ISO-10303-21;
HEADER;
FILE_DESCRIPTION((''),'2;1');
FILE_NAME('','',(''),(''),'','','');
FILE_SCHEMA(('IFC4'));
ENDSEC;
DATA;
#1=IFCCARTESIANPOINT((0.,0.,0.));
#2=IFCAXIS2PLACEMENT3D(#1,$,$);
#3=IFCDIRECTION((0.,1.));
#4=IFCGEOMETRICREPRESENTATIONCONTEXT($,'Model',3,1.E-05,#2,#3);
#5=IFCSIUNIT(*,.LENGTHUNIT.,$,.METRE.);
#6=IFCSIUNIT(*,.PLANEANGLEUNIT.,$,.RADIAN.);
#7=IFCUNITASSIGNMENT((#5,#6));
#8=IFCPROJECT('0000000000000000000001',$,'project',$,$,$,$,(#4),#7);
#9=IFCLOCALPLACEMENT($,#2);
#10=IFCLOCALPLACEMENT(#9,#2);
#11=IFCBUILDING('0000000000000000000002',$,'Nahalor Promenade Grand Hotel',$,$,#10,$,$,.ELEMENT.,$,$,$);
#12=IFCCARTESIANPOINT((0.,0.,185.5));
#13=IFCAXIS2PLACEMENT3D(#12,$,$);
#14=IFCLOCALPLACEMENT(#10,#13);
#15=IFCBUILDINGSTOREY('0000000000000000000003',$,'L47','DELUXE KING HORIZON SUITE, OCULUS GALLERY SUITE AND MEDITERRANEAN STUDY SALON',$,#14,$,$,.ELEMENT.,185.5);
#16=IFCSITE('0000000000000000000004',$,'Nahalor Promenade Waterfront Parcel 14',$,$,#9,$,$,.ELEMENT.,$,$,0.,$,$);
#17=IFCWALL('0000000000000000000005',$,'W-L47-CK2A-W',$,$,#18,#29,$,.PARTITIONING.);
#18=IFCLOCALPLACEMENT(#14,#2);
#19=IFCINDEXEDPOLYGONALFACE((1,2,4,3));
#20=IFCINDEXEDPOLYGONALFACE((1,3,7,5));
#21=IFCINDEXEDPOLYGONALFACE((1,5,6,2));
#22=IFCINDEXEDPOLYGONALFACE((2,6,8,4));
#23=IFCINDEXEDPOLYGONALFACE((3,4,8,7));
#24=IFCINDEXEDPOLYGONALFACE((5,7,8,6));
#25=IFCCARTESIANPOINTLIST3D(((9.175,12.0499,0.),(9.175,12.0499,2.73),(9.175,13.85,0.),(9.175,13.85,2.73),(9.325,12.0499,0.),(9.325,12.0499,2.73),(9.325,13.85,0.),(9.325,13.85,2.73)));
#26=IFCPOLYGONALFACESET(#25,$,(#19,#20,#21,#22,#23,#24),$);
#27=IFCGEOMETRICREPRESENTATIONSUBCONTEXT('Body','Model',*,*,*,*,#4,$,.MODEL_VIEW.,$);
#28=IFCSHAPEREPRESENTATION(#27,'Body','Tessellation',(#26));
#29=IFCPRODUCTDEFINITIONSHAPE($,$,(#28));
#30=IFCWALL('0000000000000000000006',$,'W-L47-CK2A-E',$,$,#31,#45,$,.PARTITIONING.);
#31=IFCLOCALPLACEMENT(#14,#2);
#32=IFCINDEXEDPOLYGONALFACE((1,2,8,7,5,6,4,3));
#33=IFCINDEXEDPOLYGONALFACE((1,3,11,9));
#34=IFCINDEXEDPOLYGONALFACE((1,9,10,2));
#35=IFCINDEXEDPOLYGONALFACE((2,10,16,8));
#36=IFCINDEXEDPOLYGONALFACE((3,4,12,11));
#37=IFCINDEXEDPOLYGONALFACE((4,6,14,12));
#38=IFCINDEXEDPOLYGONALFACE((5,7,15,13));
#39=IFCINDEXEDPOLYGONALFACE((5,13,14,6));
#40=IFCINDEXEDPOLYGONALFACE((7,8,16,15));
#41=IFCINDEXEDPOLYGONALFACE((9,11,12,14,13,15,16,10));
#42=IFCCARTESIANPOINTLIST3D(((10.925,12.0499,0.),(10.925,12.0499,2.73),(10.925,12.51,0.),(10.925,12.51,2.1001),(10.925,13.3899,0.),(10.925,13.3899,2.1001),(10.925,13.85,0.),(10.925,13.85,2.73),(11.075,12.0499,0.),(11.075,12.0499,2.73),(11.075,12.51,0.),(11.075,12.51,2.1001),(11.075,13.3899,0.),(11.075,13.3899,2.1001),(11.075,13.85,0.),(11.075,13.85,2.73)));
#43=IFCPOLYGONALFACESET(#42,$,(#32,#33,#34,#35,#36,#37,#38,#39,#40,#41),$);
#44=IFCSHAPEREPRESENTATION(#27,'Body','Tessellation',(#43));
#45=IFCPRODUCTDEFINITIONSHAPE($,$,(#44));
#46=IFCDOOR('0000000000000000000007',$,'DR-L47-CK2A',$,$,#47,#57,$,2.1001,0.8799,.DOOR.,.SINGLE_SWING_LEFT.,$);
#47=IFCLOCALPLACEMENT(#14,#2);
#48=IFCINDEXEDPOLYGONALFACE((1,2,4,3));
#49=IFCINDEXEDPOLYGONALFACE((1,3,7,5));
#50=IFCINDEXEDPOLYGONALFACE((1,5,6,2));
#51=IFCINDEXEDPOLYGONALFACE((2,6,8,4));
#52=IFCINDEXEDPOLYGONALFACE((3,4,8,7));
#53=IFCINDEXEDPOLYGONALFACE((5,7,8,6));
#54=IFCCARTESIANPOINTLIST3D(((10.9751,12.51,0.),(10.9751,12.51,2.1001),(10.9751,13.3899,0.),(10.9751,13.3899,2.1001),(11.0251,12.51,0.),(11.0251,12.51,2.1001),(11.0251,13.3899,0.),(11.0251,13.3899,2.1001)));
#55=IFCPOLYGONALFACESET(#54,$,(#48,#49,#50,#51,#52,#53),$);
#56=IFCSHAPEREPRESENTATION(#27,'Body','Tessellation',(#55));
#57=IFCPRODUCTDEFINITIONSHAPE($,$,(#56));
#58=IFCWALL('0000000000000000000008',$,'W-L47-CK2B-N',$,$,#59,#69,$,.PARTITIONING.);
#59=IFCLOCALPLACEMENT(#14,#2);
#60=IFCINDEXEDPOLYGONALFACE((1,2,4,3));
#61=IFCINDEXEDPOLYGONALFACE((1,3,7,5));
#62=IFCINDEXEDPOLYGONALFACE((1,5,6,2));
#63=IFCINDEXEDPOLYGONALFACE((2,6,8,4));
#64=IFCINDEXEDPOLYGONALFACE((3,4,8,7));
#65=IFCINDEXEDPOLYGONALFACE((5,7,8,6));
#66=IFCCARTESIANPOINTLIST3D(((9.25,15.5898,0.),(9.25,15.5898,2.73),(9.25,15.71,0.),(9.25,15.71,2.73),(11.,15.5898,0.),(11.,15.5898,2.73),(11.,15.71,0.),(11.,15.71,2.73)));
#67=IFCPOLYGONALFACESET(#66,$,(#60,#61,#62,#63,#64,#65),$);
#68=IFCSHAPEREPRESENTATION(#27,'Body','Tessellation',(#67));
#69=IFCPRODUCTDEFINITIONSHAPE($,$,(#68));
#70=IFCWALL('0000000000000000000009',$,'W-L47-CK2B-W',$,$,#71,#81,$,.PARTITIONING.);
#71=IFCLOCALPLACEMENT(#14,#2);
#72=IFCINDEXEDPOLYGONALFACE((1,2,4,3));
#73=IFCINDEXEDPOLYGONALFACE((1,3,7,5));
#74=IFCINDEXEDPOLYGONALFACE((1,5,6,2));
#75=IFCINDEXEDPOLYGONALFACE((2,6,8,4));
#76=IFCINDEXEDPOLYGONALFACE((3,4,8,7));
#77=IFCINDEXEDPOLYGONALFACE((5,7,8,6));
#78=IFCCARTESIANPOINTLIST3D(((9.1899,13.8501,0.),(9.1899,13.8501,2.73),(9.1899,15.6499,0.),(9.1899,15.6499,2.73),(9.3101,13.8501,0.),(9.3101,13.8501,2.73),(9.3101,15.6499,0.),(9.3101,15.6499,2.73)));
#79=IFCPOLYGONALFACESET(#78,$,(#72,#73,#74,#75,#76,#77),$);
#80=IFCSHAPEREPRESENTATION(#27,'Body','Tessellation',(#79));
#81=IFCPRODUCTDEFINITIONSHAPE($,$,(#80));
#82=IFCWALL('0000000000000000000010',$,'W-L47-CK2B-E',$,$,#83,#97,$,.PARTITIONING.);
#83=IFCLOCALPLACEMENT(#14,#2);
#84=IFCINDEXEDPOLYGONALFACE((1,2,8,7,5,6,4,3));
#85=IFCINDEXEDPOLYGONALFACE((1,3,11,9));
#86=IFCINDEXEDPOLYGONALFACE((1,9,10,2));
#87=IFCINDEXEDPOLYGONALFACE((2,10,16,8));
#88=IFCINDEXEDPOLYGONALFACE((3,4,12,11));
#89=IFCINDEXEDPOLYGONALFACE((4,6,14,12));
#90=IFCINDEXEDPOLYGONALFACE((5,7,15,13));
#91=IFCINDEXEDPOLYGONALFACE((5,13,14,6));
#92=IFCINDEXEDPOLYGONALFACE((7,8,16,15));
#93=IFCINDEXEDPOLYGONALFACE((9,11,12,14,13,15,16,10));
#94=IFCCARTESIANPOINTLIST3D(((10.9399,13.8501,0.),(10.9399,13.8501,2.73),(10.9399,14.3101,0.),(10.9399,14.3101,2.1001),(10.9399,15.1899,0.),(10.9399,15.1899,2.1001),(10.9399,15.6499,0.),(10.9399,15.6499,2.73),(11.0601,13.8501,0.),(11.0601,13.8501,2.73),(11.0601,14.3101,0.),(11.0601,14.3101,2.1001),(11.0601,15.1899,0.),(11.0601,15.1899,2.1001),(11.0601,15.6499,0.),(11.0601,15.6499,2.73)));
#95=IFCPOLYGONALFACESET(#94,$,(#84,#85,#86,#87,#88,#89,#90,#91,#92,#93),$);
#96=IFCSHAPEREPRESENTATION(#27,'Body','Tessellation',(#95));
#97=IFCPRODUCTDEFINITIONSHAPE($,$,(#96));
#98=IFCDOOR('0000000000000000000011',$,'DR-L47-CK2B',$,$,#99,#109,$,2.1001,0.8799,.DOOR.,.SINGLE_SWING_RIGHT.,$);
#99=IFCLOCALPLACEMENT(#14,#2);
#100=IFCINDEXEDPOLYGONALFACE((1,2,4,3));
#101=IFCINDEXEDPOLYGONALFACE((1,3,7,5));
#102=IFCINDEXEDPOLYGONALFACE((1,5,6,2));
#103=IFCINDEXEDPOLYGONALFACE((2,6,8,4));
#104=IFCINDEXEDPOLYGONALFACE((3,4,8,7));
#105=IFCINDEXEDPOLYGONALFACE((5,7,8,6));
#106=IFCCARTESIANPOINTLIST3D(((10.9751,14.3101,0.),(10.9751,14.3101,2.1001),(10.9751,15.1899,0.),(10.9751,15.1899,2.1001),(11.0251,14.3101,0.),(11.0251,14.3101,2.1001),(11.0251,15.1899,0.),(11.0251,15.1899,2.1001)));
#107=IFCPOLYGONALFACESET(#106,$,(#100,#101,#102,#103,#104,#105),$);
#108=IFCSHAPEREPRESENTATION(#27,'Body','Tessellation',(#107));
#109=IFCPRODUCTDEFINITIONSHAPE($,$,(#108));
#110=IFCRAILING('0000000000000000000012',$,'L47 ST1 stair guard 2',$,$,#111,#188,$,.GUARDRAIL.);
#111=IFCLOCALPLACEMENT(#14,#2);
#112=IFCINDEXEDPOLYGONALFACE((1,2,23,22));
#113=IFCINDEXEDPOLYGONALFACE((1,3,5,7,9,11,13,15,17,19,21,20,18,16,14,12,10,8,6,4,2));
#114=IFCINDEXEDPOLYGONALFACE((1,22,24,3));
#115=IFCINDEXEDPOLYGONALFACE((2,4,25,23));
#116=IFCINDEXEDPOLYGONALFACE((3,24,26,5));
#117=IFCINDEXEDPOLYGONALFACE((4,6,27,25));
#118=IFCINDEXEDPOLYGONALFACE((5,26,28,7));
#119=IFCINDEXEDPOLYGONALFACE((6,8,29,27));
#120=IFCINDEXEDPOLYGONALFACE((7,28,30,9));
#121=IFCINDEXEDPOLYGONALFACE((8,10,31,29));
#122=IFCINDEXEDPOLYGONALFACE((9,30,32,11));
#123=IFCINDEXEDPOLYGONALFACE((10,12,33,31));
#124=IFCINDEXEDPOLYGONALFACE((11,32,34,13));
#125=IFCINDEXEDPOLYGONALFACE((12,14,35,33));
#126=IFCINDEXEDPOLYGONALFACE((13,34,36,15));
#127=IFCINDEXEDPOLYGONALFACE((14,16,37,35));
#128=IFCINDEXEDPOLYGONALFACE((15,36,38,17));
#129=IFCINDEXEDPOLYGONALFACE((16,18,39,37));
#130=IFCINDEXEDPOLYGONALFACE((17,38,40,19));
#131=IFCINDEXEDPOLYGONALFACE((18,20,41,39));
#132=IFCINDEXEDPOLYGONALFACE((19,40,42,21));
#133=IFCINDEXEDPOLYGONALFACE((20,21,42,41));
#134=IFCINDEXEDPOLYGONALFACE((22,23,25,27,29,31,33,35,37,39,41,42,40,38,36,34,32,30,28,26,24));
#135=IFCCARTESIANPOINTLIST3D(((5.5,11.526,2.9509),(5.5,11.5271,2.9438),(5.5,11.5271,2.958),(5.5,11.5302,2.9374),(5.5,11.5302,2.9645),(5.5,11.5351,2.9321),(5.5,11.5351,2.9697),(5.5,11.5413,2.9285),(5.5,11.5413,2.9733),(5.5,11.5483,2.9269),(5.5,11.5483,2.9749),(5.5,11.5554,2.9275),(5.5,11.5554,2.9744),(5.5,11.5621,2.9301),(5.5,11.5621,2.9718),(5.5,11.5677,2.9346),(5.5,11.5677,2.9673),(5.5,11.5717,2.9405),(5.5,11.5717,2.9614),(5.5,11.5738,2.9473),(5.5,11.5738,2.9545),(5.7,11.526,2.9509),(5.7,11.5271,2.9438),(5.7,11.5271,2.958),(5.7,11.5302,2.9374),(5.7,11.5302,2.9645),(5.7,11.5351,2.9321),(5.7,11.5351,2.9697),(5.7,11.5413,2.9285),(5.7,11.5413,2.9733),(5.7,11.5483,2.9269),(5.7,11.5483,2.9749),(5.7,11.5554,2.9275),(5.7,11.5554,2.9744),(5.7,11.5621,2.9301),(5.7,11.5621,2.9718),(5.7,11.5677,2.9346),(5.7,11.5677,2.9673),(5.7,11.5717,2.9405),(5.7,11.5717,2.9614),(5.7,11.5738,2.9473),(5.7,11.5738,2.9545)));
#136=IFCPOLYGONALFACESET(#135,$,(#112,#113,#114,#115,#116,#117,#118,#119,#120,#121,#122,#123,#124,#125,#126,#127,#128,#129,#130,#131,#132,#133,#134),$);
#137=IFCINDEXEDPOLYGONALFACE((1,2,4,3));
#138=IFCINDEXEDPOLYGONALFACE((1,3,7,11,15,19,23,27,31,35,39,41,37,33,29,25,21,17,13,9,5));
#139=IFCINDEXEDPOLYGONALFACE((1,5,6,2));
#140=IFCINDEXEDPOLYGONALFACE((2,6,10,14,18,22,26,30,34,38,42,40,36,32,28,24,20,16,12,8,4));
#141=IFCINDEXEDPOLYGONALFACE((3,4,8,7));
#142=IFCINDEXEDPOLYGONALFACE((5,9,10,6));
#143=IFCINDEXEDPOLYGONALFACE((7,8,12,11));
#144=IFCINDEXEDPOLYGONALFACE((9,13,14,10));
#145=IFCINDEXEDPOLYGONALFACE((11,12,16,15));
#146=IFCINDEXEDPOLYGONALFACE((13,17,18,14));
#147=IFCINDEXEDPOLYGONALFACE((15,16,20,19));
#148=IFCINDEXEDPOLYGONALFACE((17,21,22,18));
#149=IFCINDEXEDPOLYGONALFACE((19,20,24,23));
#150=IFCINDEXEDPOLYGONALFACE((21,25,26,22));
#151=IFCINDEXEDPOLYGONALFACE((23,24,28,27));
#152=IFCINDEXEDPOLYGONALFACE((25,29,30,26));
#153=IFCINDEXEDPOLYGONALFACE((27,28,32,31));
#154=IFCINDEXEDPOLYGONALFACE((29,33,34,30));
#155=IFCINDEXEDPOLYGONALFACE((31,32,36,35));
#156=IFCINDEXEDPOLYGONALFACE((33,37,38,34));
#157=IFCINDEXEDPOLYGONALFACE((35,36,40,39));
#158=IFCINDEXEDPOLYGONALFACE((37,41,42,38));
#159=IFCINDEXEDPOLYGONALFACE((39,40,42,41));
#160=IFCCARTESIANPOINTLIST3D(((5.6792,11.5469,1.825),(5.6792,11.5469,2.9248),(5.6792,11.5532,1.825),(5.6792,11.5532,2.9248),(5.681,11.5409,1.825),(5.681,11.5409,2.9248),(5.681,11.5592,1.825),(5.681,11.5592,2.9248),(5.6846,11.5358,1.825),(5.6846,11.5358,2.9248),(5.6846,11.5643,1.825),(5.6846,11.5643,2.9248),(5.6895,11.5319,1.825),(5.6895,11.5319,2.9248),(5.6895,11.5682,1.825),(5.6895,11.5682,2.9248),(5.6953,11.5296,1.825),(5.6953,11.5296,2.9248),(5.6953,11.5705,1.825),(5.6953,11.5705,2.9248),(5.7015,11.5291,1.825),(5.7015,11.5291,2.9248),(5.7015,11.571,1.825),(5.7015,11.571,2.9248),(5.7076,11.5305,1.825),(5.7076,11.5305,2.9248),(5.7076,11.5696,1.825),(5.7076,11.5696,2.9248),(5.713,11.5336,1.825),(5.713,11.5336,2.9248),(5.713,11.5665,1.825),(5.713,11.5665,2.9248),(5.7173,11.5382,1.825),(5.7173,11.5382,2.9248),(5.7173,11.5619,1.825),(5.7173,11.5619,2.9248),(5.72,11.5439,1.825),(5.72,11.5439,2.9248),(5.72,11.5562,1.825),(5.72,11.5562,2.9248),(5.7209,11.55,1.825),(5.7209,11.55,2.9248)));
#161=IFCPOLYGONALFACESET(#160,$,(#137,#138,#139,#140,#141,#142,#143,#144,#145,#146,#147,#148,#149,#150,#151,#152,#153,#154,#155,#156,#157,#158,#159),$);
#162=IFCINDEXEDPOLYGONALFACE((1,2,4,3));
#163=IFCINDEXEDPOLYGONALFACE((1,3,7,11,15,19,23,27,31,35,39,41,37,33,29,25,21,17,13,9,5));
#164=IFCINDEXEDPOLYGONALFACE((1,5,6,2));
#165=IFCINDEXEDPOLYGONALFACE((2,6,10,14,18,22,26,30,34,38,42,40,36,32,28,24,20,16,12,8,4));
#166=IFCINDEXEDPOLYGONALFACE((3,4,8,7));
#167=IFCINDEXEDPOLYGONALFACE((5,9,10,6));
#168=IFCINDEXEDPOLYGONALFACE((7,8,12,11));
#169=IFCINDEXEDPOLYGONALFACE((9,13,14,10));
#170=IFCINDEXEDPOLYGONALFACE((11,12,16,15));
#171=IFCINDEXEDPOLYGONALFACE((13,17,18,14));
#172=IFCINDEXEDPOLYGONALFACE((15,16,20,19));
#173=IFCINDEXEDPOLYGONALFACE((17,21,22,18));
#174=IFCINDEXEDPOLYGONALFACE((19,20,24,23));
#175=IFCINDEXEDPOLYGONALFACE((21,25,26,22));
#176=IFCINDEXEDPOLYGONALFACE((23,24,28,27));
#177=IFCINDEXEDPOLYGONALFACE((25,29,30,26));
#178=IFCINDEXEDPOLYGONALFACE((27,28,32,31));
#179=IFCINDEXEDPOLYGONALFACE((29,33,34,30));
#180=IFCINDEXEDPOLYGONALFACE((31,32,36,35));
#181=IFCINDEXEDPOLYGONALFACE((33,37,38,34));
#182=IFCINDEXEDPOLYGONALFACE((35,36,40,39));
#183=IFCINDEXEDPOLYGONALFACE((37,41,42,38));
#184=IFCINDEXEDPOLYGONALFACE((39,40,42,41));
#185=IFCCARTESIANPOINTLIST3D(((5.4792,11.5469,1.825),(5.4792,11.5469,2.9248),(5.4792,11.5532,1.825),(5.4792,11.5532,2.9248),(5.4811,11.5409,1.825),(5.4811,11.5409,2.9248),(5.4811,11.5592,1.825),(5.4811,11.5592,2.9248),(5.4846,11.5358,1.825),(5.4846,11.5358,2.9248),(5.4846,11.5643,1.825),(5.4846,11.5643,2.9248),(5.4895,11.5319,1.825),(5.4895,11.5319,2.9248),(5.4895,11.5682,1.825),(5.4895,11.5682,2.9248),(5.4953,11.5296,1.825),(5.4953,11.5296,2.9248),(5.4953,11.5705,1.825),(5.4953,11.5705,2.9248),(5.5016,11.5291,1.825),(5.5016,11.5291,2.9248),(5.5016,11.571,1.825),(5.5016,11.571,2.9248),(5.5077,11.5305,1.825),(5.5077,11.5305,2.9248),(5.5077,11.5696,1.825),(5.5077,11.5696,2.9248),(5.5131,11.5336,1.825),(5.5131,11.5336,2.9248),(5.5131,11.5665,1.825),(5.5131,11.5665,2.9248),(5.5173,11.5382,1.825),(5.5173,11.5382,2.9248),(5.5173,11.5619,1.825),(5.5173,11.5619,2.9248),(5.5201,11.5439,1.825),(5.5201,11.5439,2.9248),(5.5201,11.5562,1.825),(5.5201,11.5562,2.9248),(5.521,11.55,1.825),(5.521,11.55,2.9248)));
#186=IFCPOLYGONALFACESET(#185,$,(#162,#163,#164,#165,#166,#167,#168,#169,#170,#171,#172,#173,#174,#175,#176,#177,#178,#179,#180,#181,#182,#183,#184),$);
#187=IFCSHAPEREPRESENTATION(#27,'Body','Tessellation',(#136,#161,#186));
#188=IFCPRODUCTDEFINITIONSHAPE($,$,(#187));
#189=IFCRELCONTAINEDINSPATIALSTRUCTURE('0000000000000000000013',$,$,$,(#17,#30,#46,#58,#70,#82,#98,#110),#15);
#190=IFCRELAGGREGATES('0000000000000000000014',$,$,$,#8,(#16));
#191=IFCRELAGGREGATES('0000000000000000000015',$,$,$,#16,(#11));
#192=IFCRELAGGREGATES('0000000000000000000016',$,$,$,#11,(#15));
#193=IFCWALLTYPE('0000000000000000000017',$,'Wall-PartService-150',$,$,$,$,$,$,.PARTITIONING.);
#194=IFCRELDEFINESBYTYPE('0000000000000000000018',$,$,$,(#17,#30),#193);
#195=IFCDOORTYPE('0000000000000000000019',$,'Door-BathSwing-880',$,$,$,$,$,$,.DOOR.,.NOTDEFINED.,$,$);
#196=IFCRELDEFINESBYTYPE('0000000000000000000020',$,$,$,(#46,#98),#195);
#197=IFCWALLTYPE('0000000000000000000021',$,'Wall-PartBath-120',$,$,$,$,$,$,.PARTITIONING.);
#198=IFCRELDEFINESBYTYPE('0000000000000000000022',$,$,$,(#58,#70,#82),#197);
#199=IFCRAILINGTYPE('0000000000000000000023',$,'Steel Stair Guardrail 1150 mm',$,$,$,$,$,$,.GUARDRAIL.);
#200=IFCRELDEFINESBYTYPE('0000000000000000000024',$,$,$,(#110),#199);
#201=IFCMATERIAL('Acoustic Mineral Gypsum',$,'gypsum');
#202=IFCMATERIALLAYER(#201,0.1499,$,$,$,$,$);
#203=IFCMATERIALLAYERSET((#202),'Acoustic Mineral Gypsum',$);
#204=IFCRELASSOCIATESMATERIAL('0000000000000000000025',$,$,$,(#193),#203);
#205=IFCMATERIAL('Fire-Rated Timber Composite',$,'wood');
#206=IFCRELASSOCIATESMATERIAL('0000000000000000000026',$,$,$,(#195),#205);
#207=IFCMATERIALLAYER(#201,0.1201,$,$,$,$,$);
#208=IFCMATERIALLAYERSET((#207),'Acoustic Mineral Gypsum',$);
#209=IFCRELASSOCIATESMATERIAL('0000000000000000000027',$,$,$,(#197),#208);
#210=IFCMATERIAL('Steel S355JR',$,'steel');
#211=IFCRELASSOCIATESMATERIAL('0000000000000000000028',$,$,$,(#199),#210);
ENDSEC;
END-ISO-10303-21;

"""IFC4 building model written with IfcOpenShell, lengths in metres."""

from ifc_helpers import new_model, si_unit, direction, frame, frame_2d, origin, origin_2d, place, context, subcontext, project, spatial, rectangle, circle, extrude, source, transform, mapped, material, layer, layer_set, type_object, element, fill, save


model = new_model("IFC4")

# Units and contexts
model_context = context("Model", 3, precision=1e-05, world=origin(), true_north=direction((0.0, 1.0)))
body_context = subcontext(model_context, "Body", "Model", "MODEL_VIEW")
ifc_project = project(units=[si_unit("LENGTHUNIT", "METRE"), si_unit("PLANEANGLEUNIT", "RADIAN")], contexts=[model_context])

# Site, building, storey
site_placement = place(None, origin())
site = spatial("IfcSite", under=ifc_project, at=site_placement, Name="Nahalor Promenade Waterfront Parcel 14", CompositionType="ELEMENT", RefElevation=0.0)
building_placement = place(site_placement, origin())
building = spatial("IfcBuilding", under=site, at=building_placement, Name="Nahalor Promenade Grand Hotel", CompositionType="ELEMENT")
storey_placement = place(building_placement, frame((0.0, 0.0, 185.5)))
storey = spatial("IfcBuildingStorey", under=building, at=storey_placement, Name="L47", Description="DELUXE KING HORIZON SUITE, OCULUS GALLERY SUITE AND MEDITERRANEAN STUDY SALON", CompositionType="ELEMENT", Elevation=185.5)

# Shared definitions
ifc_material_1 = material(Name="Steel S355JR", Category="steel")

# Wall
ifc_material_2 = material(Name="Acoustic Mineral Gypsum", Category="gypsum")
ifc_layer_1 = layer(ifc_material_2, 0.1499)
ifc_layer_set_1 = layer_set([ifc_layer_1], Name="Acoustic Mineral Gypsum")
wall_type_1 = type_object("IfcWallType", Name="Wall-PartService-150", PredefinedType="PARTITIONING", material=ifc_layer_set_1)
shared_shape_1 = source(origin(), body_context, "Body", "SweptSolid", [
    extrude(rectangle(XDim=1.8, YDim=0.1499, at=frame_2d((0.8999, 0.0))), origin(), (0.0, 0.0, 1.0), 2.73),
])
wall_1_placement = place(storey_placement, frame((9.25, 12.05, 0.0), z_axis=(0.0, 0.0, 1.0), x_axis=(0.0, 1.0, 0.0)))
element("IfcWall", 1, at=wall_1_placement, inside=storey, type_object=wall_type_1, Name="W-L47-CK2A-W", PredefinedType="PARTITIONING", context=body_context, shape_type="MappedRepresentation", body=[
    mapped(shared_shape_1, transform((0.0, 0.0, 0.0), scale=1.0)),
])

# Wall, opening, door
wall_2_placement = place(storey_placement, frame((11.0, 12.05, 0.0), z_axis=(0.0, 0.0, 1.0), x_axis=(0.0, 1.0, 0.0)))
wall_2 = element("IfcWall", 2, at=wall_2_placement, inside=storey, type_object=wall_type_1, Name="W-L47-CK2A-E", PredefinedType="PARTITIONING", context=body_context, shape_type="MappedRepresentation", body=[
    mapped(shared_shape_1, transform((0.0, 0.0, 0.0), scale=1.0)),
])
opening_1_placement = place(wall_2_placement, frame((0.46, 0.0, 0.0)))
opening_1 = element("IfcOpeningElement", 3, at=opening_1_placement, cuts=wall_2, PredefinedType="OPENING", context=body_context, shape_type="SweptSolid", body=[
    extrude(rectangle(XDim=0.8799, YDim=2.1001, at=frame_2d((0.4399, 1.05))), frame((0.0, 0.085, 0.0), z_axis=(0.0, -1.0, 0.0), x_axis=(1.0, 0.0, 0.0)), (0.0, 0.0, 1.0), 0.1699),
])
ifc_material_3 = material(Name="Fire-Rated Timber Composite", Category="wood")
door_type_1 = type_object("IfcDoorType", Name="Door-BathSwing-880", OperationType="NOTDEFINED", PredefinedType="DOOR", material=ifc_material_3)
shared_shape_2 = source(origin(), body_context, "Body", "SweptSolid", [
    extrude(rectangle(XDim=0.8799, YDim=2.1001, at=frame_2d((0.4399, 1.05))), frame((0.0, 0.0249, 0.0), z_axis=(0.0, -1.0, 0.0), x_axis=(1.0, 0.0, 0.0)), (0.0, 0.0, 1.0), 0.05),
])
door_1_placement = place(opening_1_placement, origin())
door_1 = element("IfcDoor", 4, at=door_1_placement, inside=storey, type_object=door_type_1, Name="DR-L47-CK2A", OperationType="SINGLE_SWING_LEFT", OverallHeight=2.1001, OverallWidth=0.8799, PredefinedType="DOOR", context=body_context, shape_type="MappedRepresentation", body=[
    mapped(shared_shape_2, transform((0.0, 0.0, 0.0), scale=1.0)),
])
fill(opening_1, door_1)

# Walls
ifc_layer_2 = layer(ifc_material_2, 0.1201)
ifc_layer_set_2 = layer_set([ifc_layer_2], Name="Acoustic Mineral Gypsum")
wall_type_2 = type_object("IfcWallType", Name="Wall-PartBath-120", PredefinedType="PARTITIONING", material=ifc_layer_set_2)
shared_shape_3 = source(origin(), body_context, "Body", "SweptSolid", [
    extrude(rectangle(XDim=1.75, YDim=0.1201, at=frame_2d((0.875, 0.0))), origin(), (0.0, 0.0, 1.0), 2.73),
])
wall_3_placement = place(storey_placement, frame((9.25, 15.6499, 0.0), z_axis=(0.0, 0.0, 1.0), x_axis=(1.0, 0.0, 0.0)))
element("IfcWall", 5, at=wall_3_placement, inside=storey, type_object=wall_type_2, Name="W-L47-CK2B-N", PredefinedType="PARTITIONING", context=body_context, shape_type="MappedRepresentation", body=[
    mapped(shared_shape_3, transform((0.0, 0.0, 0.0), scale=1.0)),
])
shared_shape_4 = source(origin(), body_context, "Body", "SweptSolid", [
    extrude(rectangle(XDim=1.7998, YDim=0.1201, at=frame_2d((0.8999, 0.0))), origin(), (0.0, 0.0, 1.0), 2.73),
])
wall_4_placement = place(storey_placement, frame((9.25, 13.8501, 0.0), z_axis=(0.0, 0.0, 1.0), x_axis=(0.0, 1.0, 0.0)))
element("IfcWall", 6, at=wall_4_placement, inside=storey, type_object=wall_type_2, Name="W-L47-CK2B-W", PredefinedType="PARTITIONING", context=body_context, shape_type="MappedRepresentation", body=[
    mapped(shared_shape_4, transform((0.0, 0.0, 0.0), scale=1.0)),
])

# Wall, opening, door
wall_5_placement = place(storey_placement, frame((11.0, 13.8501, 0.0), z_axis=(0.0, 0.0, 1.0), x_axis=(0.0, 1.0, 0.0)))
wall_5 = element("IfcWall", 7, at=wall_5_placement, inside=storey, type_object=wall_type_2, Name="W-L47-CK2B-E", PredefinedType="PARTITIONING", context=body_context, shape_type="MappedRepresentation", body=[
    mapped(shared_shape_4, transform((0.0, 0.0, 0.0), scale=1.0)),
])
opening_2_placement = place(wall_5_placement, frame((0.46, 0.0, 0.0)))
opening_2 = element("IfcOpeningElement", 8, at=opening_2_placement, cuts=wall_5, PredefinedType="OPENING", context=body_context, shape_type="SweptSolid", body=[
    extrude(rectangle(XDim=0.8799, YDim=2.1001, at=frame_2d((0.4399, 1.05))), frame((0.0, 0.0701, 0.0), z_axis=(0.0, -1.0, 0.0), x_axis=(1.0, 0.0, 0.0)), (0.0, 0.0, 1.0), 0.1401),
])
door_2_placement = place(opening_2_placement, origin())
door_2 = element("IfcDoor", 9, at=door_2_placement, inside=storey, type_object=door_type_1, Name="DR-L47-CK2B", OperationType="SINGLE_SWING_RIGHT", OverallHeight=2.1001, OverallWidth=0.8799, PredefinedType="DOOR", context=body_context, shape_type="MappedRepresentation", body=[
    mapped(shared_shape_2, transform((0.0, 0.0, 0.0), scale=1.0)),
])
fill(opening_2, door_2)

# Railing
railing_type = type_object("IfcRailingType", Name="Steel Stair Guardrail 1150 mm", PredefinedType="GUARDRAIL", material=ifc_material_1)
railing_placement = place(storey_placement, frame((5.7, 11.55, 1.825)))
element("IfcRailing", 10, at=railing_placement, inside=storey, type_object=railing_type, Name="L47 ST1 stair guard 2", PredefinedType="GUARDRAIL", context=body_context, shape_type="SweptSolid", body=[
    extrude(circle(Radius=0.024, at=origin_2d()), frame((0.0, 0.0, 1.126), z_axis=(-1.0, 0.0, 0.0), x_axis=(0.0, -1.0, 0.0)), (0.0, 0.0, 1.0), 0.2),
    extrude(circle(Radius=0.021, at=origin_2d()), origin(), (0.0, 0.0, 1.0), 1.0999),
    extrude(circle(Radius=0.021, at=origin_2d()), frame((-0.2, 0.0, 0.0)), (0.0, 0.0, 1.0), 1.0999),
])

save(model, "model.ifc")
